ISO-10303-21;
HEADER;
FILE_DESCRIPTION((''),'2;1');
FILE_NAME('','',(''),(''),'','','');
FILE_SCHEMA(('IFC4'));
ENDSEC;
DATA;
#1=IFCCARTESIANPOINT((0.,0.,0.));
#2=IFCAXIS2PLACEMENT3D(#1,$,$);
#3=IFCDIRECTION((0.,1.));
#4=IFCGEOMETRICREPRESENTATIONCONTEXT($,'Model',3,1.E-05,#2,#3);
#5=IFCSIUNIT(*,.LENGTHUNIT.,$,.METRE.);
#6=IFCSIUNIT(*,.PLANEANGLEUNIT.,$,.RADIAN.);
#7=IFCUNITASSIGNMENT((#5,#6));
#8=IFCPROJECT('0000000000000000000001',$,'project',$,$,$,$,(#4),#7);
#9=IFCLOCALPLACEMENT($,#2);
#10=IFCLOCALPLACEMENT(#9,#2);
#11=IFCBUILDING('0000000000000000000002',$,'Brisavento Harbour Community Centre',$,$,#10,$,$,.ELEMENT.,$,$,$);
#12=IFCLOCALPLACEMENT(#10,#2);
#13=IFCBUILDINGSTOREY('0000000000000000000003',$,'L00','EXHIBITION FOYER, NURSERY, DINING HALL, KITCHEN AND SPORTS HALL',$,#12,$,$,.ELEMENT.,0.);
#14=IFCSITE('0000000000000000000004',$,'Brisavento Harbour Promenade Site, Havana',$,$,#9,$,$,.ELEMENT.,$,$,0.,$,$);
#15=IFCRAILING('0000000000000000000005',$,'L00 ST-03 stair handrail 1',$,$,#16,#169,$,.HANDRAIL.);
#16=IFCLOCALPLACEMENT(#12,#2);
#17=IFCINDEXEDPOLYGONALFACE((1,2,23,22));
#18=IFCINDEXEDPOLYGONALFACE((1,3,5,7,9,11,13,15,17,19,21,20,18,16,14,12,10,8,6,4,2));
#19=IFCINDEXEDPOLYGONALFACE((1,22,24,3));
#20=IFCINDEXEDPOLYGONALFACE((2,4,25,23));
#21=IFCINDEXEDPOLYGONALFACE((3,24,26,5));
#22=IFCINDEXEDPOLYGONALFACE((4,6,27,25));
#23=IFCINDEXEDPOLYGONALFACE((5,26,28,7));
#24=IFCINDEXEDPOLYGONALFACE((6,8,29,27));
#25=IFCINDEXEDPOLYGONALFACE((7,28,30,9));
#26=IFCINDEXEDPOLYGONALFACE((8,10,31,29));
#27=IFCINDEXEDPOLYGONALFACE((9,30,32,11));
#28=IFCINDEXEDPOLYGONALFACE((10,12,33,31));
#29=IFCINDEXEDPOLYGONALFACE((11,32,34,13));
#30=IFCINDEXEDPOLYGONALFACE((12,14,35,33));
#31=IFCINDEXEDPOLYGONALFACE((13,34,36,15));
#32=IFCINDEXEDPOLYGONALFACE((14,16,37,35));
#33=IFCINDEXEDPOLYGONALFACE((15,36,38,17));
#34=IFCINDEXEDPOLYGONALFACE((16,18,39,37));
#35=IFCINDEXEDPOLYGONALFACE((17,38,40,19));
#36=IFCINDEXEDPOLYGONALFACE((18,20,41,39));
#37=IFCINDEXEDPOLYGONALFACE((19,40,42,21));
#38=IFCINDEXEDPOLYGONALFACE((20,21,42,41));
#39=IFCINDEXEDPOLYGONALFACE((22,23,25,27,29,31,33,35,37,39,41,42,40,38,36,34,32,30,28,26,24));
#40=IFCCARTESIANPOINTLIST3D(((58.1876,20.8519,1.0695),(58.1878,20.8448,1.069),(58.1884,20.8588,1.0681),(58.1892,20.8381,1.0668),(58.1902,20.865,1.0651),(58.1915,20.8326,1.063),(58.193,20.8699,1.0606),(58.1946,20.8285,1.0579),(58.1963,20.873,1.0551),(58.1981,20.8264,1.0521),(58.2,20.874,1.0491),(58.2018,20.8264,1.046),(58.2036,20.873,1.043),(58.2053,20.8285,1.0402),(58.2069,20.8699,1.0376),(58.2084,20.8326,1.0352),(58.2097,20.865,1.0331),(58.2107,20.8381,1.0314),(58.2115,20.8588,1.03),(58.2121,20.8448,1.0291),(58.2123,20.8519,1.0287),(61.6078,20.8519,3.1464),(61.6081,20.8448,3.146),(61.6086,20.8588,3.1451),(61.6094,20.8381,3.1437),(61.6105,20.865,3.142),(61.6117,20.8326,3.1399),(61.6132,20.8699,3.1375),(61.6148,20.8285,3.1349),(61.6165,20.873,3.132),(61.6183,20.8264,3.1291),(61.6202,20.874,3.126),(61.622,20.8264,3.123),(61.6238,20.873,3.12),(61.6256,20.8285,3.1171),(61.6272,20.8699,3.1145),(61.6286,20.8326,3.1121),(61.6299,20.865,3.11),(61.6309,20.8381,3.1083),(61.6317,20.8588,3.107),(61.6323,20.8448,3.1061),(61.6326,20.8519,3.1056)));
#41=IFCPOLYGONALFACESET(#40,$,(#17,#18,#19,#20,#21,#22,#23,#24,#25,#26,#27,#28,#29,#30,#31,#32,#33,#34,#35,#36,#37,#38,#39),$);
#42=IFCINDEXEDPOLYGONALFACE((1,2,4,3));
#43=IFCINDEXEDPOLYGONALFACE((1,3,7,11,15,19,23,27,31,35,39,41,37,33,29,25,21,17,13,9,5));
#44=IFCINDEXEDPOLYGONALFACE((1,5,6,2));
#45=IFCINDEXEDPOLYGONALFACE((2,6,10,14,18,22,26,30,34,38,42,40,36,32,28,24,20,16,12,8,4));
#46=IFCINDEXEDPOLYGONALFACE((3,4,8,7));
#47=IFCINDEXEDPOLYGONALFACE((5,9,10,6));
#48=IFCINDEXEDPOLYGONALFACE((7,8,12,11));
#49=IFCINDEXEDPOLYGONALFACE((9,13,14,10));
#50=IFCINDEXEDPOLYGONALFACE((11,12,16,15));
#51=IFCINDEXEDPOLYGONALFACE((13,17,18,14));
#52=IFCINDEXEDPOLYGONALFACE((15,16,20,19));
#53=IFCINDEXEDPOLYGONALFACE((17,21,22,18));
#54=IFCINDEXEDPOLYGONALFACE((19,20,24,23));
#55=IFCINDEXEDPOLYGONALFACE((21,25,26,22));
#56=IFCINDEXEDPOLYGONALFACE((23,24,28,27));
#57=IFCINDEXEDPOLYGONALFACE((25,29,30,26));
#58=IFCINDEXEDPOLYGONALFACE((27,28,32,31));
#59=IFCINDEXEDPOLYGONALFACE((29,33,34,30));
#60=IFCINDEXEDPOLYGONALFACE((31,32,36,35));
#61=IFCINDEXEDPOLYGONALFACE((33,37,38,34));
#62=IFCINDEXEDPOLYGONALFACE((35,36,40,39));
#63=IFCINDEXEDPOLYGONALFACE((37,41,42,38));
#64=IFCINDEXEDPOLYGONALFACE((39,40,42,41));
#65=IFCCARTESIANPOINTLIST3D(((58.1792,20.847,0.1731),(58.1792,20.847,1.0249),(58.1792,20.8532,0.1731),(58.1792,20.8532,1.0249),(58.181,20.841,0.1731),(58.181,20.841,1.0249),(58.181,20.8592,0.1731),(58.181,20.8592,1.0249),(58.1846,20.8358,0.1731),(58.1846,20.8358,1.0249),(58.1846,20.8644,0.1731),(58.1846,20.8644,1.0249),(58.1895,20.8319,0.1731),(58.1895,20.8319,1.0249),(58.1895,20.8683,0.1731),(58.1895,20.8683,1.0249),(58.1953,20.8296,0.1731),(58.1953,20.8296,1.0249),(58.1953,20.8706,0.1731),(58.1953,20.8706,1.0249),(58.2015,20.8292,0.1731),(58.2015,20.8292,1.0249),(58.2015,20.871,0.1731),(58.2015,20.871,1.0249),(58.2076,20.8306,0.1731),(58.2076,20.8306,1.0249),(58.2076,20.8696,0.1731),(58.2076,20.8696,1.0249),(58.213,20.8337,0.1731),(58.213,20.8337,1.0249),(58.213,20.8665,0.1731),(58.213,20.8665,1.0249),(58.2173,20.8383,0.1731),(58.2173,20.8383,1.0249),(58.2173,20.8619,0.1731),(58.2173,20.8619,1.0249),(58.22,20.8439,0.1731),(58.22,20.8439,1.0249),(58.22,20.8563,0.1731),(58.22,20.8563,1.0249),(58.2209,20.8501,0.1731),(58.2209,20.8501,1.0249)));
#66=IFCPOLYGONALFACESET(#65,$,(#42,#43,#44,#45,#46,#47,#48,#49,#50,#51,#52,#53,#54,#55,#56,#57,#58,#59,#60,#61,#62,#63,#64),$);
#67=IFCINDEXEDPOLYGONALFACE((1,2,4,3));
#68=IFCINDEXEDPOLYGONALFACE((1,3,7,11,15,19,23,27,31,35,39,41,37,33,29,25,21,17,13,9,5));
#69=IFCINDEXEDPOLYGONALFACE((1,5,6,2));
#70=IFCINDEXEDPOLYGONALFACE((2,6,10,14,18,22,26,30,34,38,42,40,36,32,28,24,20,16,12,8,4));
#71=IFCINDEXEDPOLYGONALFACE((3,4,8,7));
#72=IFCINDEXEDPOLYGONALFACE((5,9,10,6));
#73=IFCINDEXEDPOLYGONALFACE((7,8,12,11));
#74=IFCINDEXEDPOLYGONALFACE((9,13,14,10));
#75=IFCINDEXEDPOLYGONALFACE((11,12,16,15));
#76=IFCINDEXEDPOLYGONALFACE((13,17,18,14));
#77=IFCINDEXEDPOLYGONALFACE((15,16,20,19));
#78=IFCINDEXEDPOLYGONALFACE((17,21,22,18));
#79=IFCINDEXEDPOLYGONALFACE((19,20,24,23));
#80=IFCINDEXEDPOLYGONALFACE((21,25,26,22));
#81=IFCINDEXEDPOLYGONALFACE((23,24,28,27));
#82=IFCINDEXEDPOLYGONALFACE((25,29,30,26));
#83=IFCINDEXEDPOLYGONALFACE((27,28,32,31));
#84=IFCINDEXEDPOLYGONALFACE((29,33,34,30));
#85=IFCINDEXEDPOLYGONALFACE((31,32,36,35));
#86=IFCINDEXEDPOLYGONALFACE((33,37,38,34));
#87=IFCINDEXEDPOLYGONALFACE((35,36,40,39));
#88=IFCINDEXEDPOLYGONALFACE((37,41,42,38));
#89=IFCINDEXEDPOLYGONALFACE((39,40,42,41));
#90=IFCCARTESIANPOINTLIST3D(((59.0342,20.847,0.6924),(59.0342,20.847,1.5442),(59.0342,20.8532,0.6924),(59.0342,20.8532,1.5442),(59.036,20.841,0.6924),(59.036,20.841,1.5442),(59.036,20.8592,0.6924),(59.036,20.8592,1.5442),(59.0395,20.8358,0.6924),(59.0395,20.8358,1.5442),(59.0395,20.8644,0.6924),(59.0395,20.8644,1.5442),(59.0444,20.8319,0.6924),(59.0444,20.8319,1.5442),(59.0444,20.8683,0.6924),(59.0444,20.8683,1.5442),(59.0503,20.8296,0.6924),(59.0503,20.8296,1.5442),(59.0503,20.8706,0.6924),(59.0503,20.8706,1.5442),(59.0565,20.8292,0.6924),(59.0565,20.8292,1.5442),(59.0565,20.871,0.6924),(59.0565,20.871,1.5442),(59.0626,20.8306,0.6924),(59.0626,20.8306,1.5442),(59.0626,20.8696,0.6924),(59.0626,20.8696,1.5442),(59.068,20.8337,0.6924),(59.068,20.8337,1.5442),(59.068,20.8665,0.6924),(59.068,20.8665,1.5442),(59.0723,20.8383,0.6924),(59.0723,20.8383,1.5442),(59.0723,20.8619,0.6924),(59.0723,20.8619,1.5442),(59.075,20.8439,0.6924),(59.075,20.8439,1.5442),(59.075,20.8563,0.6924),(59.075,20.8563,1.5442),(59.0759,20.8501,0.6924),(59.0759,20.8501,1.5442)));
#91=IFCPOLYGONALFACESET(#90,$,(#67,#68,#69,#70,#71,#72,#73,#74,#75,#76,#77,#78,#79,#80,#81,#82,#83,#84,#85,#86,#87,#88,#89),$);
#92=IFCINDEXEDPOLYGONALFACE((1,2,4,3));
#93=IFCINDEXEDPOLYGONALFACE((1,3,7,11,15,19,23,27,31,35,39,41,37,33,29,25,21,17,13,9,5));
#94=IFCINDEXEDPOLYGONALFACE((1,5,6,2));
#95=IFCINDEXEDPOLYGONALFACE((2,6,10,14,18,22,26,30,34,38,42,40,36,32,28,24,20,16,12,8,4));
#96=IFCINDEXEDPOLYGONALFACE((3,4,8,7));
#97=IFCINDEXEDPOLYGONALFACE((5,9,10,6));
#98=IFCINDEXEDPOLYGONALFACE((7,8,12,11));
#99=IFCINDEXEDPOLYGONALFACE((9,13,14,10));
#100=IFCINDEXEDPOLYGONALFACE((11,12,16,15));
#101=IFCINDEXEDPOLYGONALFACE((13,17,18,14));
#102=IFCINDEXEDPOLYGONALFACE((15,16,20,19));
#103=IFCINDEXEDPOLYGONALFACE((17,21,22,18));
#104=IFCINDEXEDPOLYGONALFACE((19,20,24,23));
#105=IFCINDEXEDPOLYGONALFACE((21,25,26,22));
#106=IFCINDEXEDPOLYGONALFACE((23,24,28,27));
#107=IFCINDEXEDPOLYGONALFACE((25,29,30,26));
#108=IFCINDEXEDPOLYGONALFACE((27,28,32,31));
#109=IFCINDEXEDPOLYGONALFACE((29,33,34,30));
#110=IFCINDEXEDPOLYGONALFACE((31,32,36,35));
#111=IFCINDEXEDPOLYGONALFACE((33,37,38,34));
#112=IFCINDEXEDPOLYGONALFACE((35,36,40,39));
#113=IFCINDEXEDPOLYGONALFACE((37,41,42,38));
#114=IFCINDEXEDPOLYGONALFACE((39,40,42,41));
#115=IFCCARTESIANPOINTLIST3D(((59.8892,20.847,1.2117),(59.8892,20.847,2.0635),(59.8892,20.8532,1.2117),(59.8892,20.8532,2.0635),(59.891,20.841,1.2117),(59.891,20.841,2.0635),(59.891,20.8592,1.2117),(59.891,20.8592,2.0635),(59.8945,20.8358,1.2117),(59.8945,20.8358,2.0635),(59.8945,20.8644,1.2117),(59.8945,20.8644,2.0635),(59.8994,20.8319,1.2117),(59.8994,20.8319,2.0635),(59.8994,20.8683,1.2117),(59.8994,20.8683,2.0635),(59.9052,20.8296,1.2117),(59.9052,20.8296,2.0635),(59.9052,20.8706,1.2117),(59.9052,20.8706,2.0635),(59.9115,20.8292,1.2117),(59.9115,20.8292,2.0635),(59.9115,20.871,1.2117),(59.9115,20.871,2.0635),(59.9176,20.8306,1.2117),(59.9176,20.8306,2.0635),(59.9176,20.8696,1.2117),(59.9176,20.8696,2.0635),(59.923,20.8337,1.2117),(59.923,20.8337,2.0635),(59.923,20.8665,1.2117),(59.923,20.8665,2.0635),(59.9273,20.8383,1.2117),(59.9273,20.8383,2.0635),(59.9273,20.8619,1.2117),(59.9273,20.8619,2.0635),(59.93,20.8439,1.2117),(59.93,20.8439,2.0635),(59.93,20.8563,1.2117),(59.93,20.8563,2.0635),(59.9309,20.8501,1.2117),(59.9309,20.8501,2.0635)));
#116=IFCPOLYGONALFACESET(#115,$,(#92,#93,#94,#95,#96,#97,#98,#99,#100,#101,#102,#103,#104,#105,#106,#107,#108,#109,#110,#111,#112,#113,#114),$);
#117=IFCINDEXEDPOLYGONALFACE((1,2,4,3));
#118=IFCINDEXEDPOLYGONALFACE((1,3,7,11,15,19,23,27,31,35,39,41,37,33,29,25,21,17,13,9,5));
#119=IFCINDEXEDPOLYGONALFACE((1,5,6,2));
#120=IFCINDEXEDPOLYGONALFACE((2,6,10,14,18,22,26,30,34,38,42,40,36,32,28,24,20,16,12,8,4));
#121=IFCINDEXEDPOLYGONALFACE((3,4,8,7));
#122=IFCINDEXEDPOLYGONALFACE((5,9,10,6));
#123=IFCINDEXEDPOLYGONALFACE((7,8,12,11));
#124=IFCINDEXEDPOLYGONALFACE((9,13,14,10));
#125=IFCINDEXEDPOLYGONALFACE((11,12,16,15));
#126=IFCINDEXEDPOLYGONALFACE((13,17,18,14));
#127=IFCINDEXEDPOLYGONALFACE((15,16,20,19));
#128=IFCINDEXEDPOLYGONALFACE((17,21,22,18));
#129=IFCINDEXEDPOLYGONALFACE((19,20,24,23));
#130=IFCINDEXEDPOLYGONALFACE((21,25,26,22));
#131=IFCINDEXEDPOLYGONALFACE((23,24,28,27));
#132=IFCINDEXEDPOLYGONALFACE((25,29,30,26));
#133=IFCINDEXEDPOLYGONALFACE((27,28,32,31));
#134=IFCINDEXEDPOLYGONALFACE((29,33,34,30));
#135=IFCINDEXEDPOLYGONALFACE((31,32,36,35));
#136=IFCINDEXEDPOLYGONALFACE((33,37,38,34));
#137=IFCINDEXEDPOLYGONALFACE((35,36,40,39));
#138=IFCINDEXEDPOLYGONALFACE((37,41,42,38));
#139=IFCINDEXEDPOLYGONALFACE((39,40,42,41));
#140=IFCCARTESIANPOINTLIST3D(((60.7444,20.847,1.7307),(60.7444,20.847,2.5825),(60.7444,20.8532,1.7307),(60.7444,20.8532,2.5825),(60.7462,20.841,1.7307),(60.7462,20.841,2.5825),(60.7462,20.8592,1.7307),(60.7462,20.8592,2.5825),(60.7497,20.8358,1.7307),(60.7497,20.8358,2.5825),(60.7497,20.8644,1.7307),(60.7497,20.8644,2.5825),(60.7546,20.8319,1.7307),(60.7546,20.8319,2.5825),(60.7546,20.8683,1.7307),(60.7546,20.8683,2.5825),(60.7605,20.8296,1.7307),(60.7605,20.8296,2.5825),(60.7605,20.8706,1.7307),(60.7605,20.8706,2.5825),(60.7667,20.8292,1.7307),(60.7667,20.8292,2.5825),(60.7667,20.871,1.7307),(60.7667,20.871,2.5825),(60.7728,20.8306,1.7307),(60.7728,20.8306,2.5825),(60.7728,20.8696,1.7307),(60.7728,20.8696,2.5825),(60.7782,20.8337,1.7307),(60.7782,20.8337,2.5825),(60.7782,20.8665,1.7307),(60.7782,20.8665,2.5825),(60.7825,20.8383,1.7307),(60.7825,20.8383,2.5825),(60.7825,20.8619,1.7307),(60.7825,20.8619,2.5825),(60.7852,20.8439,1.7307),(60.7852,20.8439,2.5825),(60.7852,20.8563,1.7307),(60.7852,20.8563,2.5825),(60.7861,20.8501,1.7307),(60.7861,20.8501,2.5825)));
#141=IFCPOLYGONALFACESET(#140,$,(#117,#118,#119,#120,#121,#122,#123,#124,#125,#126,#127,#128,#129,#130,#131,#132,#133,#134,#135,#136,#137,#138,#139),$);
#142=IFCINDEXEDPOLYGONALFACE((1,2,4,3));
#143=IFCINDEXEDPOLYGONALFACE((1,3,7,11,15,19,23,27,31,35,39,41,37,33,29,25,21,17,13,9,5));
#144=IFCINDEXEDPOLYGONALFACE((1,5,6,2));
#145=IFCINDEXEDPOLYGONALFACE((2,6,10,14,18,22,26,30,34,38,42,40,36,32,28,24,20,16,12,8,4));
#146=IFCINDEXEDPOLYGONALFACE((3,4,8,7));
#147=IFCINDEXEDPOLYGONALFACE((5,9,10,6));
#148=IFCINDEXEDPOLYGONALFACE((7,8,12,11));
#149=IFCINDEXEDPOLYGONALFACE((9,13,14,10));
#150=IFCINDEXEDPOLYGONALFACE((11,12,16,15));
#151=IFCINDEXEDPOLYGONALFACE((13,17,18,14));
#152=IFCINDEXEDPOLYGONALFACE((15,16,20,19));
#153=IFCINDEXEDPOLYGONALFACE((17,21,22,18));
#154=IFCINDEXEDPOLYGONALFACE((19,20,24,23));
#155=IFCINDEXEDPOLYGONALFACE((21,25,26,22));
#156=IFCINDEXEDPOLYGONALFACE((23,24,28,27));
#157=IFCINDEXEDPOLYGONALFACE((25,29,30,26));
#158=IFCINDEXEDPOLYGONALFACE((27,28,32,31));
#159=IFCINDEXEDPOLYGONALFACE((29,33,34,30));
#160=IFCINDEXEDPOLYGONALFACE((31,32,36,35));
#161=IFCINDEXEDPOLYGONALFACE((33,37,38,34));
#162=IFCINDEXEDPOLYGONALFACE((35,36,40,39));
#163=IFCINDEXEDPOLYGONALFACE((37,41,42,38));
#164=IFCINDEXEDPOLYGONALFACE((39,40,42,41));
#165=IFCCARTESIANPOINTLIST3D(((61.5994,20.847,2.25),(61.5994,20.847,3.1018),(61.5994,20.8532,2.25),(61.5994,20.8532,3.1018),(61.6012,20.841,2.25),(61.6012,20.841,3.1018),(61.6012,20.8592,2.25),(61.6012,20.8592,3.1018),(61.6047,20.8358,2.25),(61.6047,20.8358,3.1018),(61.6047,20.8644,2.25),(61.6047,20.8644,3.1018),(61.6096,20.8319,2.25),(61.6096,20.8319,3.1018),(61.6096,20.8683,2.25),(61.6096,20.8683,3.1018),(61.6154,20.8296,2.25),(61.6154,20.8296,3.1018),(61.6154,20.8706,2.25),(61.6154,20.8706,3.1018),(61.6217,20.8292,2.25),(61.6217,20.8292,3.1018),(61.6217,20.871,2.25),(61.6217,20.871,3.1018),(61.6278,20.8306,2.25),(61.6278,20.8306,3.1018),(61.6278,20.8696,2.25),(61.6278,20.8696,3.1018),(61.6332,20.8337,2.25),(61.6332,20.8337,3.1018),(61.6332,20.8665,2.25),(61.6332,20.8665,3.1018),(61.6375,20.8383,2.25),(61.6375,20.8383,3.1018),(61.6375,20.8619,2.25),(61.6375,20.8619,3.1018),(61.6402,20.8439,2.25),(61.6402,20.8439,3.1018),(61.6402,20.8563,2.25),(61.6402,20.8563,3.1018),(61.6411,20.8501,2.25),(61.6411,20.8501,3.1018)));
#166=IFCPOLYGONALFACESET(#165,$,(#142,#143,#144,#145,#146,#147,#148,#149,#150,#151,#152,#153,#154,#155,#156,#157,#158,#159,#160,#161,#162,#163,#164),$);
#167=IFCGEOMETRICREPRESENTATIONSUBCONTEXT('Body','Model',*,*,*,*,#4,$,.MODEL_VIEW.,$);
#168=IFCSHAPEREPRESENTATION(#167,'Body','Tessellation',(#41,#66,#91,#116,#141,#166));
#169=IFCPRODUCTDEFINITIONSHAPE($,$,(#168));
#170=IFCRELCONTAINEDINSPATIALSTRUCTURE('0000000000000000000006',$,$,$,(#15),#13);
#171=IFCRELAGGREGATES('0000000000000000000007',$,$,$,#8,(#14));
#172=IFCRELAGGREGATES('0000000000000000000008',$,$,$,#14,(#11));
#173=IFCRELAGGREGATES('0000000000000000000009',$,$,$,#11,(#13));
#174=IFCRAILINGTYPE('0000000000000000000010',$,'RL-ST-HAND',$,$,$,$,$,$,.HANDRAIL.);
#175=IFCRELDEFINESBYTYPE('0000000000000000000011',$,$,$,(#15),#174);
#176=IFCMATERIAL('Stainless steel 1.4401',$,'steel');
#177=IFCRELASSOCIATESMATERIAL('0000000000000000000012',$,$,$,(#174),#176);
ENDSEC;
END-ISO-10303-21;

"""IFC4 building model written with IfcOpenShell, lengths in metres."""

from ifc_helpers import new_model, si_unit, direction, frame, origin, origin_2d, place, context, subcontext, project, spatial, circle, extrude, material, type_object, element, save


model = new_model("IFC4")

# Units and contexts
model_context = context("Model", 3, precision=1e-05, world=origin(), true_north=direction((0.0, 1.0)))
body_context = subcontext(model_context, "Body", "Model", "MODEL_VIEW")
ifc_project = project(units=[si_unit("LENGTHUNIT", "METRE"), si_unit("PLANEANGLEUNIT", "RADIAN")], contexts=[model_context])

# Site, building, storey
site_placement = place(None, origin())
site = spatial("IfcSite", under=ifc_project, at=site_placement, Name="Brisavento Harbour Promenade Site, Havana", CompositionType="ELEMENT", RefElevation=0.0)
building_placement = place(site_placement, origin())
building = spatial("IfcBuilding", under=site, at=building_placement, Name="Brisavento Harbour Community Centre", CompositionType="ELEMENT")
storey_placement = place(building_placement, origin())
storey = spatial("IfcBuildingStorey", under=building, at=storey_placement, Name="L00", Description="EXHIBITION FOYER, NURSERY, DINING HALL, KITCHEN AND SPORTS HALL", CompositionType="ELEMENT", Elevation=0.0)

# Railing
ifc_material_1 = material(Name="Stainless steel 1.4401", Category="steel")
railing_type_1 = type_object("IfcRailingType", Name="RL-ST-HAND", PredefinedType="HANDRAIL", material=ifc_material_1)
railing_1_placement = place(storey_placement, frame((58.2, 20.8501, 0.1731)))
element("IfcRailing", 1, at=railing_1_placement, inside=storey, type_object=railing_type_1, Name="L00 ST-03 stair handrail 1", PredefinedType="HANDRAIL", context=body_context, shape_type="SweptSolid", body=[
    extrude(circle(Radius=0.0239, at=origin_2d()), frame((0.0, 0.0, 0.876), z_axis=(0.854746, 0.0, 0.519047), x_axis=(0.0, 1.0, 0.0)), (0.0, 0.0, 1.0), 4.0015),
    extrude(circle(Radius=0.021, at=origin_2d()), origin(), (0.0, 0.0, 1.0), 0.8518),
    extrude(circle(Radius=0.021, at=origin_2d()), frame((0.855, 0.0, 0.5193)), (0.0, 0.0, 1.0), 0.8518),
    extrude(circle(Radius=0.021, at=origin_2d()), frame((1.71, 0.0, 1.0386)), (0.0, 0.0, 1.0), 0.8518),
    extrude(circle(Radius=0.021, at=origin_2d()), frame((2.5652, 0.0, 1.5576)), (0.0, 0.0, 1.0), 0.8518),
    extrude(circle(Radius=0.021, at=origin_2d()), frame((3.4202, 0.0, 2.0769)), (0.0, 0.0, 1.0), 0.8518),
])

save(model, "model.ifc")
